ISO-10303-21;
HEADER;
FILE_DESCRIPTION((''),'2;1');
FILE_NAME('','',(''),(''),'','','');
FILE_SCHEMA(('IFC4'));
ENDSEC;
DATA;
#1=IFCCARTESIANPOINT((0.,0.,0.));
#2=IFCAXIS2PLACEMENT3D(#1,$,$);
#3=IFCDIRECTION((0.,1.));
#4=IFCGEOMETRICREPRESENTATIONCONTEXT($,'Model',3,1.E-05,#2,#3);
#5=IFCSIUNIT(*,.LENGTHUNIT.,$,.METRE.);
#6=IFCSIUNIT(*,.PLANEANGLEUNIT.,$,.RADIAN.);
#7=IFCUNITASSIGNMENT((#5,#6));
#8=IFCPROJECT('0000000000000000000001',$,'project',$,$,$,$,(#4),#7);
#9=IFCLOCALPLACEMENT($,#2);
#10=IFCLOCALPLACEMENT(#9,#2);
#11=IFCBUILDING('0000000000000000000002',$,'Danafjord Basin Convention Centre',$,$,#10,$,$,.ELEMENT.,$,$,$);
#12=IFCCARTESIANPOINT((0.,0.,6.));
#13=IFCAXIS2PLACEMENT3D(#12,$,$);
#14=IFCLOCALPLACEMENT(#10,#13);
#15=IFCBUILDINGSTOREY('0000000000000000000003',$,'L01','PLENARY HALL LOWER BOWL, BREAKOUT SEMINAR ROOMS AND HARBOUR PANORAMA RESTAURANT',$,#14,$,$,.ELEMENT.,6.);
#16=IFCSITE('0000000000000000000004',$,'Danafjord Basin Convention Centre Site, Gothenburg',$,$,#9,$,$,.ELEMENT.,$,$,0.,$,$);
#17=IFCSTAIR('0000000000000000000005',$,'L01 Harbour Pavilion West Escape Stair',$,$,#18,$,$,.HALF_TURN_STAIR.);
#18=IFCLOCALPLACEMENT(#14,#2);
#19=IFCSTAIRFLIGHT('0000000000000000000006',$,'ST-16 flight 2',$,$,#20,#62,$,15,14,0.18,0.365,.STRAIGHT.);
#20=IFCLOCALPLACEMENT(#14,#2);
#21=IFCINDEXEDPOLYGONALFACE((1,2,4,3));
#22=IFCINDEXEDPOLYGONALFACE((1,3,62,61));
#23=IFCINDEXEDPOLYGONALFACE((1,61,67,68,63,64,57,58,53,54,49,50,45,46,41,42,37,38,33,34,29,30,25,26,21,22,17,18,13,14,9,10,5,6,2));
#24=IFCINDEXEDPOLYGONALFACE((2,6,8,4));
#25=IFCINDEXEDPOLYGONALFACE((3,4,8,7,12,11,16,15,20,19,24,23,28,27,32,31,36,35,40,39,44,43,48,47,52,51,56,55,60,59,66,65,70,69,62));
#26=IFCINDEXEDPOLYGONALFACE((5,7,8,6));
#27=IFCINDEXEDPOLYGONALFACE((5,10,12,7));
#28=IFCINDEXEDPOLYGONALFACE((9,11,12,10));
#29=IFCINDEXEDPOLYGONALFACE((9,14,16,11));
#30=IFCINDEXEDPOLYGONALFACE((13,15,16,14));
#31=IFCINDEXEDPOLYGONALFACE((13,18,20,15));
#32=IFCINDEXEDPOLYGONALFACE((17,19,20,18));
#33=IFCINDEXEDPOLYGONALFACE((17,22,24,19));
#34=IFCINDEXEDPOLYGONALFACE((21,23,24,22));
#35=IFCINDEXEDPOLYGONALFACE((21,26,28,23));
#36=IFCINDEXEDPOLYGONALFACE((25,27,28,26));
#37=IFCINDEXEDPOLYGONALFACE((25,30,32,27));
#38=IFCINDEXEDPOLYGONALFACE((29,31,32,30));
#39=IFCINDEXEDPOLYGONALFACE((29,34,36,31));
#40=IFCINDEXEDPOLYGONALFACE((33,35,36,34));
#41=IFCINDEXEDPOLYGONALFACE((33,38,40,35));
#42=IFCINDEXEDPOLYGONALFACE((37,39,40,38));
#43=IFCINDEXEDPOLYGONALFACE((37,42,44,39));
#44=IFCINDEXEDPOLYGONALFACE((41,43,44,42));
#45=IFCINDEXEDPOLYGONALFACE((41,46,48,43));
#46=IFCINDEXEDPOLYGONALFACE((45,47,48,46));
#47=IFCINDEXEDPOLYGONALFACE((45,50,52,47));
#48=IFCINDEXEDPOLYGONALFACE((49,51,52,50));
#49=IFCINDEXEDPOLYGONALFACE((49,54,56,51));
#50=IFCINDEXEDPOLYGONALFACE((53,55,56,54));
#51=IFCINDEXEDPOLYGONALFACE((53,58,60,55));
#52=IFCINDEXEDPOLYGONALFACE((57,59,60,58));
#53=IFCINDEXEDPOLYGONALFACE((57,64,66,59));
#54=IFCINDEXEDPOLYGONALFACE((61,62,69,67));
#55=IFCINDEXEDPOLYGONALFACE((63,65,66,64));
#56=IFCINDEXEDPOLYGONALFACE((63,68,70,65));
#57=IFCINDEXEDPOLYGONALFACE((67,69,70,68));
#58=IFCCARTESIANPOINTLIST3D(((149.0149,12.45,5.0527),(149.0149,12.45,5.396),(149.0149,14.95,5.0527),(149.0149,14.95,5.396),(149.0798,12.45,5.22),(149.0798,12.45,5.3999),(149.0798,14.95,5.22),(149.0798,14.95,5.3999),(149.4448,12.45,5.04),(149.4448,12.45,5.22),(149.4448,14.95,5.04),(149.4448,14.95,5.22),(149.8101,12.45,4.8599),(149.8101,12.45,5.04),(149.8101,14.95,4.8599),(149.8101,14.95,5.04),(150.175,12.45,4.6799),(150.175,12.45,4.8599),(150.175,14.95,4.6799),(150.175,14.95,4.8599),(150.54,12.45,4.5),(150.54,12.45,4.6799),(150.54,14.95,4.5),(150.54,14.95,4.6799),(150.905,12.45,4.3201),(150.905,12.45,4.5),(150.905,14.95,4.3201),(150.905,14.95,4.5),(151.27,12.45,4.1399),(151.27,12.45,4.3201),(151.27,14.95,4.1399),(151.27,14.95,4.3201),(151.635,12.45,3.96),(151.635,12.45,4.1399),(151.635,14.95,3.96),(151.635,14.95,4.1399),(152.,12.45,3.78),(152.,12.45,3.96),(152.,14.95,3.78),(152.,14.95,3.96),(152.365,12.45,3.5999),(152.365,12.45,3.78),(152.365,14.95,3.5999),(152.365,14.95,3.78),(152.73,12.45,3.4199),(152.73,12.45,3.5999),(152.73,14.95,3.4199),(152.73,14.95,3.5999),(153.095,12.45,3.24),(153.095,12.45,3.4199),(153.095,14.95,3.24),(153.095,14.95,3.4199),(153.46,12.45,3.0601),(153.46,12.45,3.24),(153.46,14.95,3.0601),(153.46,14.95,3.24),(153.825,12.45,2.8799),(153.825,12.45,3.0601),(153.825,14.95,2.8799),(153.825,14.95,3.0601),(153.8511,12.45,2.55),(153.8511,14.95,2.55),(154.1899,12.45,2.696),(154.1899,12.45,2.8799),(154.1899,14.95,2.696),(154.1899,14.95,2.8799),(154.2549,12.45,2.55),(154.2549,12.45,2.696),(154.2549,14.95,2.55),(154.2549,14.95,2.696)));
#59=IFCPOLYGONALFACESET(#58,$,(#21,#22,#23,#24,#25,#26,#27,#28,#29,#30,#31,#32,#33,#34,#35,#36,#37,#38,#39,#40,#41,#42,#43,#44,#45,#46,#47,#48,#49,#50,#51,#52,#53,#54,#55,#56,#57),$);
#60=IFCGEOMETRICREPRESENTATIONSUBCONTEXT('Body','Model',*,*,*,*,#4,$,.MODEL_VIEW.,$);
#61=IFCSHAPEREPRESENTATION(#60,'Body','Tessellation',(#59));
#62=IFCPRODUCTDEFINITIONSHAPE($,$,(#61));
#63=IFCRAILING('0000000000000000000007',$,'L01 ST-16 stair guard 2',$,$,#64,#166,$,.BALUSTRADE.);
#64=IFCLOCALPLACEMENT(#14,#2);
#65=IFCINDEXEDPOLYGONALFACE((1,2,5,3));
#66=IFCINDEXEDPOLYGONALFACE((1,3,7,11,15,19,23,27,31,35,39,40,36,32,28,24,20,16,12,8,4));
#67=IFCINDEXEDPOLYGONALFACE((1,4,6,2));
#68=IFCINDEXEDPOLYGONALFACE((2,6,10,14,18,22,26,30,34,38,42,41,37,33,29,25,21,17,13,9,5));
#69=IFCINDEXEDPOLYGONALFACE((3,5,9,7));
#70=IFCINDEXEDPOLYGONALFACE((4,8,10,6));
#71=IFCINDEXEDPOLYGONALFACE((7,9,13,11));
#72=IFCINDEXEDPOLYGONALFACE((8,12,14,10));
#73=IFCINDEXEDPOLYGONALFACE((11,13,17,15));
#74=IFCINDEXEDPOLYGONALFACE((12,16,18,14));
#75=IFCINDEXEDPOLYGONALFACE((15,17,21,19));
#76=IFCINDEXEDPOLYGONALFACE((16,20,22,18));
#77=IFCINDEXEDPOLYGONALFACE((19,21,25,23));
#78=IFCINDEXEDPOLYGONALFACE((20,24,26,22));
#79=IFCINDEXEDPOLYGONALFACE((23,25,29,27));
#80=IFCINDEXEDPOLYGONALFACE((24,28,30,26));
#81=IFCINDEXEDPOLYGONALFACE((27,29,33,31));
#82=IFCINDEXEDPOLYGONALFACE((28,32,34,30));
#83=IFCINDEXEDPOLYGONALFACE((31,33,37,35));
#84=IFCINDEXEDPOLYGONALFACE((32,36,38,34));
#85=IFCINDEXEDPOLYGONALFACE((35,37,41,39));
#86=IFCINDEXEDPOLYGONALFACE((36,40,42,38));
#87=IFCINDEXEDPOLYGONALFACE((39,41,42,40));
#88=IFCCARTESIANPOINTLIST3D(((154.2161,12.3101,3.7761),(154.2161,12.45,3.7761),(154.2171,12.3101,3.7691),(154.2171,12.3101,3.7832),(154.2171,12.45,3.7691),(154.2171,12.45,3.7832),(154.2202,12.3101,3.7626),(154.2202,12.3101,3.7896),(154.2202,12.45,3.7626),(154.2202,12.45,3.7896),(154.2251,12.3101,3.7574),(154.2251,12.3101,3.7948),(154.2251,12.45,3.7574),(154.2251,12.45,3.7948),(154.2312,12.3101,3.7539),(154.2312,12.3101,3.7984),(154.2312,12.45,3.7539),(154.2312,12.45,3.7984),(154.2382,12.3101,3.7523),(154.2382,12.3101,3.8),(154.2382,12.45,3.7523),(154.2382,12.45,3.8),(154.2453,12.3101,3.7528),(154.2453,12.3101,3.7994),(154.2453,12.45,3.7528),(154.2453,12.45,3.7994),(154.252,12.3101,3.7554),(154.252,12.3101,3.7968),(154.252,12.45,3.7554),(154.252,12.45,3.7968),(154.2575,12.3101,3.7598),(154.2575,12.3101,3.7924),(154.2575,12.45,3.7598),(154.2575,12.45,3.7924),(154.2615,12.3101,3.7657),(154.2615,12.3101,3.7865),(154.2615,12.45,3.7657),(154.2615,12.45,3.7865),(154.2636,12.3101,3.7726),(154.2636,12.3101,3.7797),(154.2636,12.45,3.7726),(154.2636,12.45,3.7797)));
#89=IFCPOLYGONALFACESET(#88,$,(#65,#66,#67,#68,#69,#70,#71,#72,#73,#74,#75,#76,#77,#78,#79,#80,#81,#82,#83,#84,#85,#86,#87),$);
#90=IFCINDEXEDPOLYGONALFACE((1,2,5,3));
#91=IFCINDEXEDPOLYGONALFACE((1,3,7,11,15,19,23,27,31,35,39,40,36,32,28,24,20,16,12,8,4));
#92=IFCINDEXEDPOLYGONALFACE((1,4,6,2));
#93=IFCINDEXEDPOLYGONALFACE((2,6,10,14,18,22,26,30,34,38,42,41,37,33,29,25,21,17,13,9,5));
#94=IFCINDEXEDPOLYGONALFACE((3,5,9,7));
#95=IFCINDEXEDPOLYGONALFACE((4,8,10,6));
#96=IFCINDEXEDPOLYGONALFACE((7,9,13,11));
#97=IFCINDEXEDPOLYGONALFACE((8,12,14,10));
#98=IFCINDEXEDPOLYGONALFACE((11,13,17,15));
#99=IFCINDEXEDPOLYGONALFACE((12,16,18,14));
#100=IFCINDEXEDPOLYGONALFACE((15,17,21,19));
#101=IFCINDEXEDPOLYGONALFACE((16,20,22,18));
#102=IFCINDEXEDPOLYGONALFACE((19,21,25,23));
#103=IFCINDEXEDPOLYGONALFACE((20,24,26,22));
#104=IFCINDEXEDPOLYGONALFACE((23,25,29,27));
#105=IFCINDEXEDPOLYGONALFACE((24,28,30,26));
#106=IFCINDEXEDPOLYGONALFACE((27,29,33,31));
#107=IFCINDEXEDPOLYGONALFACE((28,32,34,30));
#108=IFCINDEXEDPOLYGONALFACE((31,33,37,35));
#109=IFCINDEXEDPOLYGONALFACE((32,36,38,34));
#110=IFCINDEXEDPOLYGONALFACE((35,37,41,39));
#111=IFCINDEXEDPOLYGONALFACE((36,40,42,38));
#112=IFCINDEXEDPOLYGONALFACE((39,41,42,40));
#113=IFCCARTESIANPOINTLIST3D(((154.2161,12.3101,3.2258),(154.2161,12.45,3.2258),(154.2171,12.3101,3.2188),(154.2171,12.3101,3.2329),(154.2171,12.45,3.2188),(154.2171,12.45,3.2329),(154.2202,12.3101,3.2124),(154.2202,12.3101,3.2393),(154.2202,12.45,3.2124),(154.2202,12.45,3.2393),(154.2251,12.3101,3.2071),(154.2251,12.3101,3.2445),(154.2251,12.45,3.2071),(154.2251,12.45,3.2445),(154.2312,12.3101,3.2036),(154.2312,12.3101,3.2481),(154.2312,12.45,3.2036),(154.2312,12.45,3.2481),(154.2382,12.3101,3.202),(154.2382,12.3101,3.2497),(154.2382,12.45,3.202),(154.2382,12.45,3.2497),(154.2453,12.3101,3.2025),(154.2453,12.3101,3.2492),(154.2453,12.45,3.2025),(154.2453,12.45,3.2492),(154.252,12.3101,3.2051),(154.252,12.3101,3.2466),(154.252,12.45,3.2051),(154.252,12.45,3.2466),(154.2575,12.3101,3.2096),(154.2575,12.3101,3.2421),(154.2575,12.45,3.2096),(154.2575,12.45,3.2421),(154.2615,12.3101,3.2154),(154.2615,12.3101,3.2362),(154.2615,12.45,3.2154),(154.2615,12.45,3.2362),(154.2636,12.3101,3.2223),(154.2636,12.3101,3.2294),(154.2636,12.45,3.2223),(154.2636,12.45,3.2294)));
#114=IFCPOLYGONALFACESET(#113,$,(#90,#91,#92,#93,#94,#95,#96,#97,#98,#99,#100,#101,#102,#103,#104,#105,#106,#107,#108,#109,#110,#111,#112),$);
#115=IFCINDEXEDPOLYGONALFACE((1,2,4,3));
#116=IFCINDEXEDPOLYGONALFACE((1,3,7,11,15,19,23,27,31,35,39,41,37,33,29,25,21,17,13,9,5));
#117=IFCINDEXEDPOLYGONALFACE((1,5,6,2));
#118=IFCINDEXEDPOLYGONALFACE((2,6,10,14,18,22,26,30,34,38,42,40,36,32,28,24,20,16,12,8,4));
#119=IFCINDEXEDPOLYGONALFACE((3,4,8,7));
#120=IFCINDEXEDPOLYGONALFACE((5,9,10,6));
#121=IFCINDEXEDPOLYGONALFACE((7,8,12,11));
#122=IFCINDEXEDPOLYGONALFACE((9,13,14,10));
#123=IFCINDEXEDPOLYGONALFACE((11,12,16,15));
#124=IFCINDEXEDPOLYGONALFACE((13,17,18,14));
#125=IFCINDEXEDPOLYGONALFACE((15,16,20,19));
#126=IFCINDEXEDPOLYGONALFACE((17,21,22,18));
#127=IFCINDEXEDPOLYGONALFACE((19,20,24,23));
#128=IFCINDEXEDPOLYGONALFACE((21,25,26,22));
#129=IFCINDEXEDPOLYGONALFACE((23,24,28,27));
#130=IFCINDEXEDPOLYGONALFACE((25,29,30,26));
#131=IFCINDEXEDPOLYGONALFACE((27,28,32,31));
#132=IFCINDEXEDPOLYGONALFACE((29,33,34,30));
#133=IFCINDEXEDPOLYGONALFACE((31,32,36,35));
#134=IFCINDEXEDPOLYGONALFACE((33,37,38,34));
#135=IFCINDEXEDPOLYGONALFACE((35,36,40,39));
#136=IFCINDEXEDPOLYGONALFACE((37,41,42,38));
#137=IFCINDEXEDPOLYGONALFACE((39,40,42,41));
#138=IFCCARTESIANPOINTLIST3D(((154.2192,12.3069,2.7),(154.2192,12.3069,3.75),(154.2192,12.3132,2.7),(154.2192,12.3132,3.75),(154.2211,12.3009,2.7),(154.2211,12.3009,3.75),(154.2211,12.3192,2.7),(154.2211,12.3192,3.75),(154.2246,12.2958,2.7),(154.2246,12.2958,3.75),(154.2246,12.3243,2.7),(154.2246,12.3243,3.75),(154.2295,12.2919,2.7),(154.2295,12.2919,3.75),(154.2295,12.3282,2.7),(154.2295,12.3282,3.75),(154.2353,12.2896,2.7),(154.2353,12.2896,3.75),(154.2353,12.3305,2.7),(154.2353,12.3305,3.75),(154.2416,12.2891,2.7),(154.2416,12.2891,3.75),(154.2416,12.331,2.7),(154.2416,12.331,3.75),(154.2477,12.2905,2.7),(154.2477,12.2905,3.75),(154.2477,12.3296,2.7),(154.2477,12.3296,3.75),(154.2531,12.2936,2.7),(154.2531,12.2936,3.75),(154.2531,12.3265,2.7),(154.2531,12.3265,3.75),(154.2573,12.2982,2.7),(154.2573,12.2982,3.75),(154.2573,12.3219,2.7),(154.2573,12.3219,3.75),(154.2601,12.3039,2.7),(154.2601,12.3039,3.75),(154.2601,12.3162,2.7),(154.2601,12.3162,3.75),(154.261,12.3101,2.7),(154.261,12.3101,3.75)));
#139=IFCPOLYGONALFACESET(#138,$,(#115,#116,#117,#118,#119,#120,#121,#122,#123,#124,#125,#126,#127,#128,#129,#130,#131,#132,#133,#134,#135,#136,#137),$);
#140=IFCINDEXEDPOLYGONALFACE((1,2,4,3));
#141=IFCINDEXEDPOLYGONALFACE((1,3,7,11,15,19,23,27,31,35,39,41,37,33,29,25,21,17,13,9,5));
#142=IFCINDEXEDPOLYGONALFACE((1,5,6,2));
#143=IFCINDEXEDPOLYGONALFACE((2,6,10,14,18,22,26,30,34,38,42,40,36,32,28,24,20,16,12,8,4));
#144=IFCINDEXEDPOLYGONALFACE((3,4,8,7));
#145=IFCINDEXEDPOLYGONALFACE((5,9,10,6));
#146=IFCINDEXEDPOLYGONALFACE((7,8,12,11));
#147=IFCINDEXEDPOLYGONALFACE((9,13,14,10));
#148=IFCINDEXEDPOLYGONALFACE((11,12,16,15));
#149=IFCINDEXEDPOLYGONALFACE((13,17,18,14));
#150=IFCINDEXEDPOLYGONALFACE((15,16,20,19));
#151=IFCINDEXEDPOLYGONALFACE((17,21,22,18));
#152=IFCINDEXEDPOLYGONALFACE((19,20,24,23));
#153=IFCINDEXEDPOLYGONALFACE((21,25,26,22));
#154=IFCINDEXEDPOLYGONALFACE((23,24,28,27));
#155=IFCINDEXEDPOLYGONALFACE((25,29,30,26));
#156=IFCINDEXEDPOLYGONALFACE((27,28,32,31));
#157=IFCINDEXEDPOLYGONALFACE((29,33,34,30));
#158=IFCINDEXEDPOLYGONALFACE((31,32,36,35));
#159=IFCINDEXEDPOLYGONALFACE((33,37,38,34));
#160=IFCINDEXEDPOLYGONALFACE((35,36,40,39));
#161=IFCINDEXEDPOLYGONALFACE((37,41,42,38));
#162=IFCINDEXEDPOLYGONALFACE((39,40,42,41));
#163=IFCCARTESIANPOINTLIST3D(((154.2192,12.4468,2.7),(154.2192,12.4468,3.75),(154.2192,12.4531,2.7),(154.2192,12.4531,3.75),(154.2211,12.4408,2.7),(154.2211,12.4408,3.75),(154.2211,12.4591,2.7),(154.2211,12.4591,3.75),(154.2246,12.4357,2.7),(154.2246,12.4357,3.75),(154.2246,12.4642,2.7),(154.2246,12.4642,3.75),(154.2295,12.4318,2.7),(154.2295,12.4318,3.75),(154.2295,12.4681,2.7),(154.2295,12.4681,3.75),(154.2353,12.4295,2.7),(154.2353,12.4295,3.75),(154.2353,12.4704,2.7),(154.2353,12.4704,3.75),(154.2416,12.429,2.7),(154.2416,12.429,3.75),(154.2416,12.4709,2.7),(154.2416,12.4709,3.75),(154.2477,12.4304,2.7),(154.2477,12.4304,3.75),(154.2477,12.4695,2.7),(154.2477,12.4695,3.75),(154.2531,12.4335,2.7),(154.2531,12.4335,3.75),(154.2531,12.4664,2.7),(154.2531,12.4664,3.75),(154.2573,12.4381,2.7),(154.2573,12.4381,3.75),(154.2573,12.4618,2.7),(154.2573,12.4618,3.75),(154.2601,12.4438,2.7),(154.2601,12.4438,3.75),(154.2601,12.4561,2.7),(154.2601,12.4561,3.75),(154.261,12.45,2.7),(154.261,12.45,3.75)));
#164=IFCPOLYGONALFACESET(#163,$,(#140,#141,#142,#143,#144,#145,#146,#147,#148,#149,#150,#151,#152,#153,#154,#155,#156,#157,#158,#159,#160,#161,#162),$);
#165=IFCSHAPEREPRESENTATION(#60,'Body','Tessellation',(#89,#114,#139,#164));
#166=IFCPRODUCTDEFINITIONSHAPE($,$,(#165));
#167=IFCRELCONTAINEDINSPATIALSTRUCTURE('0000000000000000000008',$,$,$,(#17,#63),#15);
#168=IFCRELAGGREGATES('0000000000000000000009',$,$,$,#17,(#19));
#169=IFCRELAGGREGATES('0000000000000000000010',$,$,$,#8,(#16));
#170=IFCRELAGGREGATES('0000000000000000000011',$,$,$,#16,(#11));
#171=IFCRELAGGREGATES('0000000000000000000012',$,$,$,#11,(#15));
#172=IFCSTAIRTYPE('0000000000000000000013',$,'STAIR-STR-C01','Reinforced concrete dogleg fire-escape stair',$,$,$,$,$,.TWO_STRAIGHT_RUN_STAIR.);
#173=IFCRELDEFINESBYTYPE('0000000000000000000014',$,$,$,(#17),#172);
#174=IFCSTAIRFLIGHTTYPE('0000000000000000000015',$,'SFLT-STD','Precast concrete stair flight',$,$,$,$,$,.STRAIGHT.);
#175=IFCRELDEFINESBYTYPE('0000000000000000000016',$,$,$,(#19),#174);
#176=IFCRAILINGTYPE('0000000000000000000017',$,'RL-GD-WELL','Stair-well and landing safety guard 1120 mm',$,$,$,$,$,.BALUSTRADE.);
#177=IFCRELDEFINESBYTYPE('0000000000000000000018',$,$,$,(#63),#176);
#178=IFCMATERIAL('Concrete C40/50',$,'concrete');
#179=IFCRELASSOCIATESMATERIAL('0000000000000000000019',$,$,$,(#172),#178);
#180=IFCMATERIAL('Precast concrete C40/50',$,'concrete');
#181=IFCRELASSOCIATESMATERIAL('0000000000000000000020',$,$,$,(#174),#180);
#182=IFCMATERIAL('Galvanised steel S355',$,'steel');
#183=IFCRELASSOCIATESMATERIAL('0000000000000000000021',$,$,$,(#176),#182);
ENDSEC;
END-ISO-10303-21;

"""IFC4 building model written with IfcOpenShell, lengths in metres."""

from ifc_helpers import new_model, si_unit, direction, frame, origin, origin_2d, place, context, subcontext, project, spatial, polyline, circle, outline, extrude, material, type_object, element, aggregate, save


model = new_model("IFC4")

# Units and contexts
model_context = context("Model", 3, precision=1e-05, world=origin(), true_north=direction((0.0, 1.0)))
body_context = subcontext(model_context, "Body", "Model", "MODEL_VIEW")
ifc_project = project(units=[si_unit("LENGTHUNIT", "METRE"), si_unit("PLANEANGLEUNIT", "RADIAN")], contexts=[model_context])

# Site, building, storey
site_placement = place(None, origin())
site = spatial("IfcSite", under=ifc_project, at=site_placement, Name="Danafjord Basin Convention Centre Site, Gothenburg", CompositionType="ELEMENT", RefElevation=0.0)
building_placement = place(site_placement, origin())
building = spatial("IfcBuilding", under=site, at=building_placement, Name="Danafjord Basin Convention Centre", CompositionType="ELEMENT")
storey_placement = place(building_placement, frame((0.0, 0.0, 6.0)))
storey = spatial("IfcBuildingStorey", under=building, at=storey_placement, Name="L01", Description="PLENARY HALL LOWER BOWL, BREAKOUT SEMINAR ROOMS AND HARBOUR PANORAMA RESTAURANT", CompositionType="ELEMENT", Elevation=6.0)

# Shared definitions
ifc_material_1 = material(Name="Concrete C40/50", Category="concrete")

# Stair, stair flight
stair_type = type_object("IfcStairType", Name="STAIR-STR-C01", Description="Reinforced concrete dogleg fire-escape stair", PredefinedType="TWO_STRAIGHT_RUN_STAIR", material=ifc_material_1)
stair_placement = place(storey_placement, origin())
stair = element("IfcStair", 1, at=stair_placement, inside=storey, type_object=stair_type, Name="L01 Harbour Pavilion West Escape Stair", PredefinedType="HALF_TURN_STAIR")
ifc_material_2 = material(Name="Precast concrete C40/50", Category="concrete")
stair_flight_type = type_object("IfcStairFlightType", Name="SFLT-STD", Description="Precast concrete stair flight", PredefinedType="STRAIGHT", material=ifc_material_2)
stair_flight_placement = place(storey_placement, frame((154.1899, 13.7, 2.7), z_axis=(0.0, 0.0, 1.0), x_axis=(-1.0, 0.0, 0.0)))
stair_flight = element("IfcStairFlight", 2, at=stair_flight_placement, type_object=stair_flight_type, Name="ST-16 flight 2", NumberOfRisers=15, NumberOfTreads=14, PredefinedType="STRAIGHT", RiserHeight=0.18, TreadLength=0.365, context=body_context, shape_type="SweptSolid", body=[
    extrude(outline(polyline([(-0.0649, -0.1499), (-0.0649, -0.0039), (0.0, -0.0039), (0.0, 0.1799), (0.365, 0.1799), (0.365, 0.3601), (0.73, 0.3601), (0.73, 0.54), (1.095, 0.54), (1.095, 0.72), (1.46, 0.72), (1.46, 0.8999), (1.825, 0.8999), (1.825, 1.0801), (2.1899, 1.0801), (2.1899, 1.26), (2.5549, 1.26), (2.5549, 1.4399), (2.9199, 1.4399), (2.9199, 1.6201), (3.2849, 1.6201), (3.2849, 1.8), (3.6499, 1.8), (3.6499, 1.98), (4.0149, 1.98), (4.0149, 2.1599), (4.3799, 2.1599), (4.3799, 2.3401), (4.7451, 2.3401), (4.7451, 2.52), (5.1101, 2.52), (5.1101, 2.7), (5.175, 2.696), (5.175, 2.3528), (0.3389, -0.1499), (-0.0649, -0.1499)])), frame((0.0, 1.25, 0.0), z_axis=(0.0, -1.0, 0.0), x_axis=(1.0, 0.0, 0.0)), (0.0, 0.0, 1.0), 2.5),
])
aggregate(stair, [stair_flight])

# Railing
ifc_material_3 = material(Name="Galvanised steel S355", Category="steel")
railing_type_1 = type_object("IfcRailingType", Name="RL-GD-WELL", Description="Stair-well and landing safety guard 1120 mm", PredefinedType="BALUSTRADE", material=ifc_material_3)
railing_1_placement = place(storey_placement, frame((154.24, 12.3101, 2.7)))
element("IfcRailing", 3, at=railing_1_placement, inside=storey, type_object=railing_type_1, Name="L01 ST-16 stair guard 2", PredefinedType="BALUSTRADE", context=body_context, shape_type="SweptSolid", body=[
    extrude(circle(Radius=0.0239, at=origin_2d()), frame((0.0, 0.0, 1.0762), z_axis=(0.0, 1.0, 0.0), x_axis=(-1.0, 0.0, 0.0)), (0.0, 0.0, 1.0), 0.1399),
    extrude(circle(Radius=0.0239, at=origin_2d()), frame((0.0, 0.0, 0.5259), z_axis=(0.0, 1.0, 0.0), x_axis=(-1.0, 0.0, 0.0)), (0.0, 0.0, 1.0), 0.1399),
    extrude(circle(Radius=0.021, at=origin_2d()), origin(), (0.0, 0.0, 1.0), 1.05),
    extrude(circle(Radius=0.021, at=origin_2d()), frame((0.0, 0.1399, 0.0)), (0.0, 0.0, 1.0), 1.05),
])

save(model, "model.ifc")
